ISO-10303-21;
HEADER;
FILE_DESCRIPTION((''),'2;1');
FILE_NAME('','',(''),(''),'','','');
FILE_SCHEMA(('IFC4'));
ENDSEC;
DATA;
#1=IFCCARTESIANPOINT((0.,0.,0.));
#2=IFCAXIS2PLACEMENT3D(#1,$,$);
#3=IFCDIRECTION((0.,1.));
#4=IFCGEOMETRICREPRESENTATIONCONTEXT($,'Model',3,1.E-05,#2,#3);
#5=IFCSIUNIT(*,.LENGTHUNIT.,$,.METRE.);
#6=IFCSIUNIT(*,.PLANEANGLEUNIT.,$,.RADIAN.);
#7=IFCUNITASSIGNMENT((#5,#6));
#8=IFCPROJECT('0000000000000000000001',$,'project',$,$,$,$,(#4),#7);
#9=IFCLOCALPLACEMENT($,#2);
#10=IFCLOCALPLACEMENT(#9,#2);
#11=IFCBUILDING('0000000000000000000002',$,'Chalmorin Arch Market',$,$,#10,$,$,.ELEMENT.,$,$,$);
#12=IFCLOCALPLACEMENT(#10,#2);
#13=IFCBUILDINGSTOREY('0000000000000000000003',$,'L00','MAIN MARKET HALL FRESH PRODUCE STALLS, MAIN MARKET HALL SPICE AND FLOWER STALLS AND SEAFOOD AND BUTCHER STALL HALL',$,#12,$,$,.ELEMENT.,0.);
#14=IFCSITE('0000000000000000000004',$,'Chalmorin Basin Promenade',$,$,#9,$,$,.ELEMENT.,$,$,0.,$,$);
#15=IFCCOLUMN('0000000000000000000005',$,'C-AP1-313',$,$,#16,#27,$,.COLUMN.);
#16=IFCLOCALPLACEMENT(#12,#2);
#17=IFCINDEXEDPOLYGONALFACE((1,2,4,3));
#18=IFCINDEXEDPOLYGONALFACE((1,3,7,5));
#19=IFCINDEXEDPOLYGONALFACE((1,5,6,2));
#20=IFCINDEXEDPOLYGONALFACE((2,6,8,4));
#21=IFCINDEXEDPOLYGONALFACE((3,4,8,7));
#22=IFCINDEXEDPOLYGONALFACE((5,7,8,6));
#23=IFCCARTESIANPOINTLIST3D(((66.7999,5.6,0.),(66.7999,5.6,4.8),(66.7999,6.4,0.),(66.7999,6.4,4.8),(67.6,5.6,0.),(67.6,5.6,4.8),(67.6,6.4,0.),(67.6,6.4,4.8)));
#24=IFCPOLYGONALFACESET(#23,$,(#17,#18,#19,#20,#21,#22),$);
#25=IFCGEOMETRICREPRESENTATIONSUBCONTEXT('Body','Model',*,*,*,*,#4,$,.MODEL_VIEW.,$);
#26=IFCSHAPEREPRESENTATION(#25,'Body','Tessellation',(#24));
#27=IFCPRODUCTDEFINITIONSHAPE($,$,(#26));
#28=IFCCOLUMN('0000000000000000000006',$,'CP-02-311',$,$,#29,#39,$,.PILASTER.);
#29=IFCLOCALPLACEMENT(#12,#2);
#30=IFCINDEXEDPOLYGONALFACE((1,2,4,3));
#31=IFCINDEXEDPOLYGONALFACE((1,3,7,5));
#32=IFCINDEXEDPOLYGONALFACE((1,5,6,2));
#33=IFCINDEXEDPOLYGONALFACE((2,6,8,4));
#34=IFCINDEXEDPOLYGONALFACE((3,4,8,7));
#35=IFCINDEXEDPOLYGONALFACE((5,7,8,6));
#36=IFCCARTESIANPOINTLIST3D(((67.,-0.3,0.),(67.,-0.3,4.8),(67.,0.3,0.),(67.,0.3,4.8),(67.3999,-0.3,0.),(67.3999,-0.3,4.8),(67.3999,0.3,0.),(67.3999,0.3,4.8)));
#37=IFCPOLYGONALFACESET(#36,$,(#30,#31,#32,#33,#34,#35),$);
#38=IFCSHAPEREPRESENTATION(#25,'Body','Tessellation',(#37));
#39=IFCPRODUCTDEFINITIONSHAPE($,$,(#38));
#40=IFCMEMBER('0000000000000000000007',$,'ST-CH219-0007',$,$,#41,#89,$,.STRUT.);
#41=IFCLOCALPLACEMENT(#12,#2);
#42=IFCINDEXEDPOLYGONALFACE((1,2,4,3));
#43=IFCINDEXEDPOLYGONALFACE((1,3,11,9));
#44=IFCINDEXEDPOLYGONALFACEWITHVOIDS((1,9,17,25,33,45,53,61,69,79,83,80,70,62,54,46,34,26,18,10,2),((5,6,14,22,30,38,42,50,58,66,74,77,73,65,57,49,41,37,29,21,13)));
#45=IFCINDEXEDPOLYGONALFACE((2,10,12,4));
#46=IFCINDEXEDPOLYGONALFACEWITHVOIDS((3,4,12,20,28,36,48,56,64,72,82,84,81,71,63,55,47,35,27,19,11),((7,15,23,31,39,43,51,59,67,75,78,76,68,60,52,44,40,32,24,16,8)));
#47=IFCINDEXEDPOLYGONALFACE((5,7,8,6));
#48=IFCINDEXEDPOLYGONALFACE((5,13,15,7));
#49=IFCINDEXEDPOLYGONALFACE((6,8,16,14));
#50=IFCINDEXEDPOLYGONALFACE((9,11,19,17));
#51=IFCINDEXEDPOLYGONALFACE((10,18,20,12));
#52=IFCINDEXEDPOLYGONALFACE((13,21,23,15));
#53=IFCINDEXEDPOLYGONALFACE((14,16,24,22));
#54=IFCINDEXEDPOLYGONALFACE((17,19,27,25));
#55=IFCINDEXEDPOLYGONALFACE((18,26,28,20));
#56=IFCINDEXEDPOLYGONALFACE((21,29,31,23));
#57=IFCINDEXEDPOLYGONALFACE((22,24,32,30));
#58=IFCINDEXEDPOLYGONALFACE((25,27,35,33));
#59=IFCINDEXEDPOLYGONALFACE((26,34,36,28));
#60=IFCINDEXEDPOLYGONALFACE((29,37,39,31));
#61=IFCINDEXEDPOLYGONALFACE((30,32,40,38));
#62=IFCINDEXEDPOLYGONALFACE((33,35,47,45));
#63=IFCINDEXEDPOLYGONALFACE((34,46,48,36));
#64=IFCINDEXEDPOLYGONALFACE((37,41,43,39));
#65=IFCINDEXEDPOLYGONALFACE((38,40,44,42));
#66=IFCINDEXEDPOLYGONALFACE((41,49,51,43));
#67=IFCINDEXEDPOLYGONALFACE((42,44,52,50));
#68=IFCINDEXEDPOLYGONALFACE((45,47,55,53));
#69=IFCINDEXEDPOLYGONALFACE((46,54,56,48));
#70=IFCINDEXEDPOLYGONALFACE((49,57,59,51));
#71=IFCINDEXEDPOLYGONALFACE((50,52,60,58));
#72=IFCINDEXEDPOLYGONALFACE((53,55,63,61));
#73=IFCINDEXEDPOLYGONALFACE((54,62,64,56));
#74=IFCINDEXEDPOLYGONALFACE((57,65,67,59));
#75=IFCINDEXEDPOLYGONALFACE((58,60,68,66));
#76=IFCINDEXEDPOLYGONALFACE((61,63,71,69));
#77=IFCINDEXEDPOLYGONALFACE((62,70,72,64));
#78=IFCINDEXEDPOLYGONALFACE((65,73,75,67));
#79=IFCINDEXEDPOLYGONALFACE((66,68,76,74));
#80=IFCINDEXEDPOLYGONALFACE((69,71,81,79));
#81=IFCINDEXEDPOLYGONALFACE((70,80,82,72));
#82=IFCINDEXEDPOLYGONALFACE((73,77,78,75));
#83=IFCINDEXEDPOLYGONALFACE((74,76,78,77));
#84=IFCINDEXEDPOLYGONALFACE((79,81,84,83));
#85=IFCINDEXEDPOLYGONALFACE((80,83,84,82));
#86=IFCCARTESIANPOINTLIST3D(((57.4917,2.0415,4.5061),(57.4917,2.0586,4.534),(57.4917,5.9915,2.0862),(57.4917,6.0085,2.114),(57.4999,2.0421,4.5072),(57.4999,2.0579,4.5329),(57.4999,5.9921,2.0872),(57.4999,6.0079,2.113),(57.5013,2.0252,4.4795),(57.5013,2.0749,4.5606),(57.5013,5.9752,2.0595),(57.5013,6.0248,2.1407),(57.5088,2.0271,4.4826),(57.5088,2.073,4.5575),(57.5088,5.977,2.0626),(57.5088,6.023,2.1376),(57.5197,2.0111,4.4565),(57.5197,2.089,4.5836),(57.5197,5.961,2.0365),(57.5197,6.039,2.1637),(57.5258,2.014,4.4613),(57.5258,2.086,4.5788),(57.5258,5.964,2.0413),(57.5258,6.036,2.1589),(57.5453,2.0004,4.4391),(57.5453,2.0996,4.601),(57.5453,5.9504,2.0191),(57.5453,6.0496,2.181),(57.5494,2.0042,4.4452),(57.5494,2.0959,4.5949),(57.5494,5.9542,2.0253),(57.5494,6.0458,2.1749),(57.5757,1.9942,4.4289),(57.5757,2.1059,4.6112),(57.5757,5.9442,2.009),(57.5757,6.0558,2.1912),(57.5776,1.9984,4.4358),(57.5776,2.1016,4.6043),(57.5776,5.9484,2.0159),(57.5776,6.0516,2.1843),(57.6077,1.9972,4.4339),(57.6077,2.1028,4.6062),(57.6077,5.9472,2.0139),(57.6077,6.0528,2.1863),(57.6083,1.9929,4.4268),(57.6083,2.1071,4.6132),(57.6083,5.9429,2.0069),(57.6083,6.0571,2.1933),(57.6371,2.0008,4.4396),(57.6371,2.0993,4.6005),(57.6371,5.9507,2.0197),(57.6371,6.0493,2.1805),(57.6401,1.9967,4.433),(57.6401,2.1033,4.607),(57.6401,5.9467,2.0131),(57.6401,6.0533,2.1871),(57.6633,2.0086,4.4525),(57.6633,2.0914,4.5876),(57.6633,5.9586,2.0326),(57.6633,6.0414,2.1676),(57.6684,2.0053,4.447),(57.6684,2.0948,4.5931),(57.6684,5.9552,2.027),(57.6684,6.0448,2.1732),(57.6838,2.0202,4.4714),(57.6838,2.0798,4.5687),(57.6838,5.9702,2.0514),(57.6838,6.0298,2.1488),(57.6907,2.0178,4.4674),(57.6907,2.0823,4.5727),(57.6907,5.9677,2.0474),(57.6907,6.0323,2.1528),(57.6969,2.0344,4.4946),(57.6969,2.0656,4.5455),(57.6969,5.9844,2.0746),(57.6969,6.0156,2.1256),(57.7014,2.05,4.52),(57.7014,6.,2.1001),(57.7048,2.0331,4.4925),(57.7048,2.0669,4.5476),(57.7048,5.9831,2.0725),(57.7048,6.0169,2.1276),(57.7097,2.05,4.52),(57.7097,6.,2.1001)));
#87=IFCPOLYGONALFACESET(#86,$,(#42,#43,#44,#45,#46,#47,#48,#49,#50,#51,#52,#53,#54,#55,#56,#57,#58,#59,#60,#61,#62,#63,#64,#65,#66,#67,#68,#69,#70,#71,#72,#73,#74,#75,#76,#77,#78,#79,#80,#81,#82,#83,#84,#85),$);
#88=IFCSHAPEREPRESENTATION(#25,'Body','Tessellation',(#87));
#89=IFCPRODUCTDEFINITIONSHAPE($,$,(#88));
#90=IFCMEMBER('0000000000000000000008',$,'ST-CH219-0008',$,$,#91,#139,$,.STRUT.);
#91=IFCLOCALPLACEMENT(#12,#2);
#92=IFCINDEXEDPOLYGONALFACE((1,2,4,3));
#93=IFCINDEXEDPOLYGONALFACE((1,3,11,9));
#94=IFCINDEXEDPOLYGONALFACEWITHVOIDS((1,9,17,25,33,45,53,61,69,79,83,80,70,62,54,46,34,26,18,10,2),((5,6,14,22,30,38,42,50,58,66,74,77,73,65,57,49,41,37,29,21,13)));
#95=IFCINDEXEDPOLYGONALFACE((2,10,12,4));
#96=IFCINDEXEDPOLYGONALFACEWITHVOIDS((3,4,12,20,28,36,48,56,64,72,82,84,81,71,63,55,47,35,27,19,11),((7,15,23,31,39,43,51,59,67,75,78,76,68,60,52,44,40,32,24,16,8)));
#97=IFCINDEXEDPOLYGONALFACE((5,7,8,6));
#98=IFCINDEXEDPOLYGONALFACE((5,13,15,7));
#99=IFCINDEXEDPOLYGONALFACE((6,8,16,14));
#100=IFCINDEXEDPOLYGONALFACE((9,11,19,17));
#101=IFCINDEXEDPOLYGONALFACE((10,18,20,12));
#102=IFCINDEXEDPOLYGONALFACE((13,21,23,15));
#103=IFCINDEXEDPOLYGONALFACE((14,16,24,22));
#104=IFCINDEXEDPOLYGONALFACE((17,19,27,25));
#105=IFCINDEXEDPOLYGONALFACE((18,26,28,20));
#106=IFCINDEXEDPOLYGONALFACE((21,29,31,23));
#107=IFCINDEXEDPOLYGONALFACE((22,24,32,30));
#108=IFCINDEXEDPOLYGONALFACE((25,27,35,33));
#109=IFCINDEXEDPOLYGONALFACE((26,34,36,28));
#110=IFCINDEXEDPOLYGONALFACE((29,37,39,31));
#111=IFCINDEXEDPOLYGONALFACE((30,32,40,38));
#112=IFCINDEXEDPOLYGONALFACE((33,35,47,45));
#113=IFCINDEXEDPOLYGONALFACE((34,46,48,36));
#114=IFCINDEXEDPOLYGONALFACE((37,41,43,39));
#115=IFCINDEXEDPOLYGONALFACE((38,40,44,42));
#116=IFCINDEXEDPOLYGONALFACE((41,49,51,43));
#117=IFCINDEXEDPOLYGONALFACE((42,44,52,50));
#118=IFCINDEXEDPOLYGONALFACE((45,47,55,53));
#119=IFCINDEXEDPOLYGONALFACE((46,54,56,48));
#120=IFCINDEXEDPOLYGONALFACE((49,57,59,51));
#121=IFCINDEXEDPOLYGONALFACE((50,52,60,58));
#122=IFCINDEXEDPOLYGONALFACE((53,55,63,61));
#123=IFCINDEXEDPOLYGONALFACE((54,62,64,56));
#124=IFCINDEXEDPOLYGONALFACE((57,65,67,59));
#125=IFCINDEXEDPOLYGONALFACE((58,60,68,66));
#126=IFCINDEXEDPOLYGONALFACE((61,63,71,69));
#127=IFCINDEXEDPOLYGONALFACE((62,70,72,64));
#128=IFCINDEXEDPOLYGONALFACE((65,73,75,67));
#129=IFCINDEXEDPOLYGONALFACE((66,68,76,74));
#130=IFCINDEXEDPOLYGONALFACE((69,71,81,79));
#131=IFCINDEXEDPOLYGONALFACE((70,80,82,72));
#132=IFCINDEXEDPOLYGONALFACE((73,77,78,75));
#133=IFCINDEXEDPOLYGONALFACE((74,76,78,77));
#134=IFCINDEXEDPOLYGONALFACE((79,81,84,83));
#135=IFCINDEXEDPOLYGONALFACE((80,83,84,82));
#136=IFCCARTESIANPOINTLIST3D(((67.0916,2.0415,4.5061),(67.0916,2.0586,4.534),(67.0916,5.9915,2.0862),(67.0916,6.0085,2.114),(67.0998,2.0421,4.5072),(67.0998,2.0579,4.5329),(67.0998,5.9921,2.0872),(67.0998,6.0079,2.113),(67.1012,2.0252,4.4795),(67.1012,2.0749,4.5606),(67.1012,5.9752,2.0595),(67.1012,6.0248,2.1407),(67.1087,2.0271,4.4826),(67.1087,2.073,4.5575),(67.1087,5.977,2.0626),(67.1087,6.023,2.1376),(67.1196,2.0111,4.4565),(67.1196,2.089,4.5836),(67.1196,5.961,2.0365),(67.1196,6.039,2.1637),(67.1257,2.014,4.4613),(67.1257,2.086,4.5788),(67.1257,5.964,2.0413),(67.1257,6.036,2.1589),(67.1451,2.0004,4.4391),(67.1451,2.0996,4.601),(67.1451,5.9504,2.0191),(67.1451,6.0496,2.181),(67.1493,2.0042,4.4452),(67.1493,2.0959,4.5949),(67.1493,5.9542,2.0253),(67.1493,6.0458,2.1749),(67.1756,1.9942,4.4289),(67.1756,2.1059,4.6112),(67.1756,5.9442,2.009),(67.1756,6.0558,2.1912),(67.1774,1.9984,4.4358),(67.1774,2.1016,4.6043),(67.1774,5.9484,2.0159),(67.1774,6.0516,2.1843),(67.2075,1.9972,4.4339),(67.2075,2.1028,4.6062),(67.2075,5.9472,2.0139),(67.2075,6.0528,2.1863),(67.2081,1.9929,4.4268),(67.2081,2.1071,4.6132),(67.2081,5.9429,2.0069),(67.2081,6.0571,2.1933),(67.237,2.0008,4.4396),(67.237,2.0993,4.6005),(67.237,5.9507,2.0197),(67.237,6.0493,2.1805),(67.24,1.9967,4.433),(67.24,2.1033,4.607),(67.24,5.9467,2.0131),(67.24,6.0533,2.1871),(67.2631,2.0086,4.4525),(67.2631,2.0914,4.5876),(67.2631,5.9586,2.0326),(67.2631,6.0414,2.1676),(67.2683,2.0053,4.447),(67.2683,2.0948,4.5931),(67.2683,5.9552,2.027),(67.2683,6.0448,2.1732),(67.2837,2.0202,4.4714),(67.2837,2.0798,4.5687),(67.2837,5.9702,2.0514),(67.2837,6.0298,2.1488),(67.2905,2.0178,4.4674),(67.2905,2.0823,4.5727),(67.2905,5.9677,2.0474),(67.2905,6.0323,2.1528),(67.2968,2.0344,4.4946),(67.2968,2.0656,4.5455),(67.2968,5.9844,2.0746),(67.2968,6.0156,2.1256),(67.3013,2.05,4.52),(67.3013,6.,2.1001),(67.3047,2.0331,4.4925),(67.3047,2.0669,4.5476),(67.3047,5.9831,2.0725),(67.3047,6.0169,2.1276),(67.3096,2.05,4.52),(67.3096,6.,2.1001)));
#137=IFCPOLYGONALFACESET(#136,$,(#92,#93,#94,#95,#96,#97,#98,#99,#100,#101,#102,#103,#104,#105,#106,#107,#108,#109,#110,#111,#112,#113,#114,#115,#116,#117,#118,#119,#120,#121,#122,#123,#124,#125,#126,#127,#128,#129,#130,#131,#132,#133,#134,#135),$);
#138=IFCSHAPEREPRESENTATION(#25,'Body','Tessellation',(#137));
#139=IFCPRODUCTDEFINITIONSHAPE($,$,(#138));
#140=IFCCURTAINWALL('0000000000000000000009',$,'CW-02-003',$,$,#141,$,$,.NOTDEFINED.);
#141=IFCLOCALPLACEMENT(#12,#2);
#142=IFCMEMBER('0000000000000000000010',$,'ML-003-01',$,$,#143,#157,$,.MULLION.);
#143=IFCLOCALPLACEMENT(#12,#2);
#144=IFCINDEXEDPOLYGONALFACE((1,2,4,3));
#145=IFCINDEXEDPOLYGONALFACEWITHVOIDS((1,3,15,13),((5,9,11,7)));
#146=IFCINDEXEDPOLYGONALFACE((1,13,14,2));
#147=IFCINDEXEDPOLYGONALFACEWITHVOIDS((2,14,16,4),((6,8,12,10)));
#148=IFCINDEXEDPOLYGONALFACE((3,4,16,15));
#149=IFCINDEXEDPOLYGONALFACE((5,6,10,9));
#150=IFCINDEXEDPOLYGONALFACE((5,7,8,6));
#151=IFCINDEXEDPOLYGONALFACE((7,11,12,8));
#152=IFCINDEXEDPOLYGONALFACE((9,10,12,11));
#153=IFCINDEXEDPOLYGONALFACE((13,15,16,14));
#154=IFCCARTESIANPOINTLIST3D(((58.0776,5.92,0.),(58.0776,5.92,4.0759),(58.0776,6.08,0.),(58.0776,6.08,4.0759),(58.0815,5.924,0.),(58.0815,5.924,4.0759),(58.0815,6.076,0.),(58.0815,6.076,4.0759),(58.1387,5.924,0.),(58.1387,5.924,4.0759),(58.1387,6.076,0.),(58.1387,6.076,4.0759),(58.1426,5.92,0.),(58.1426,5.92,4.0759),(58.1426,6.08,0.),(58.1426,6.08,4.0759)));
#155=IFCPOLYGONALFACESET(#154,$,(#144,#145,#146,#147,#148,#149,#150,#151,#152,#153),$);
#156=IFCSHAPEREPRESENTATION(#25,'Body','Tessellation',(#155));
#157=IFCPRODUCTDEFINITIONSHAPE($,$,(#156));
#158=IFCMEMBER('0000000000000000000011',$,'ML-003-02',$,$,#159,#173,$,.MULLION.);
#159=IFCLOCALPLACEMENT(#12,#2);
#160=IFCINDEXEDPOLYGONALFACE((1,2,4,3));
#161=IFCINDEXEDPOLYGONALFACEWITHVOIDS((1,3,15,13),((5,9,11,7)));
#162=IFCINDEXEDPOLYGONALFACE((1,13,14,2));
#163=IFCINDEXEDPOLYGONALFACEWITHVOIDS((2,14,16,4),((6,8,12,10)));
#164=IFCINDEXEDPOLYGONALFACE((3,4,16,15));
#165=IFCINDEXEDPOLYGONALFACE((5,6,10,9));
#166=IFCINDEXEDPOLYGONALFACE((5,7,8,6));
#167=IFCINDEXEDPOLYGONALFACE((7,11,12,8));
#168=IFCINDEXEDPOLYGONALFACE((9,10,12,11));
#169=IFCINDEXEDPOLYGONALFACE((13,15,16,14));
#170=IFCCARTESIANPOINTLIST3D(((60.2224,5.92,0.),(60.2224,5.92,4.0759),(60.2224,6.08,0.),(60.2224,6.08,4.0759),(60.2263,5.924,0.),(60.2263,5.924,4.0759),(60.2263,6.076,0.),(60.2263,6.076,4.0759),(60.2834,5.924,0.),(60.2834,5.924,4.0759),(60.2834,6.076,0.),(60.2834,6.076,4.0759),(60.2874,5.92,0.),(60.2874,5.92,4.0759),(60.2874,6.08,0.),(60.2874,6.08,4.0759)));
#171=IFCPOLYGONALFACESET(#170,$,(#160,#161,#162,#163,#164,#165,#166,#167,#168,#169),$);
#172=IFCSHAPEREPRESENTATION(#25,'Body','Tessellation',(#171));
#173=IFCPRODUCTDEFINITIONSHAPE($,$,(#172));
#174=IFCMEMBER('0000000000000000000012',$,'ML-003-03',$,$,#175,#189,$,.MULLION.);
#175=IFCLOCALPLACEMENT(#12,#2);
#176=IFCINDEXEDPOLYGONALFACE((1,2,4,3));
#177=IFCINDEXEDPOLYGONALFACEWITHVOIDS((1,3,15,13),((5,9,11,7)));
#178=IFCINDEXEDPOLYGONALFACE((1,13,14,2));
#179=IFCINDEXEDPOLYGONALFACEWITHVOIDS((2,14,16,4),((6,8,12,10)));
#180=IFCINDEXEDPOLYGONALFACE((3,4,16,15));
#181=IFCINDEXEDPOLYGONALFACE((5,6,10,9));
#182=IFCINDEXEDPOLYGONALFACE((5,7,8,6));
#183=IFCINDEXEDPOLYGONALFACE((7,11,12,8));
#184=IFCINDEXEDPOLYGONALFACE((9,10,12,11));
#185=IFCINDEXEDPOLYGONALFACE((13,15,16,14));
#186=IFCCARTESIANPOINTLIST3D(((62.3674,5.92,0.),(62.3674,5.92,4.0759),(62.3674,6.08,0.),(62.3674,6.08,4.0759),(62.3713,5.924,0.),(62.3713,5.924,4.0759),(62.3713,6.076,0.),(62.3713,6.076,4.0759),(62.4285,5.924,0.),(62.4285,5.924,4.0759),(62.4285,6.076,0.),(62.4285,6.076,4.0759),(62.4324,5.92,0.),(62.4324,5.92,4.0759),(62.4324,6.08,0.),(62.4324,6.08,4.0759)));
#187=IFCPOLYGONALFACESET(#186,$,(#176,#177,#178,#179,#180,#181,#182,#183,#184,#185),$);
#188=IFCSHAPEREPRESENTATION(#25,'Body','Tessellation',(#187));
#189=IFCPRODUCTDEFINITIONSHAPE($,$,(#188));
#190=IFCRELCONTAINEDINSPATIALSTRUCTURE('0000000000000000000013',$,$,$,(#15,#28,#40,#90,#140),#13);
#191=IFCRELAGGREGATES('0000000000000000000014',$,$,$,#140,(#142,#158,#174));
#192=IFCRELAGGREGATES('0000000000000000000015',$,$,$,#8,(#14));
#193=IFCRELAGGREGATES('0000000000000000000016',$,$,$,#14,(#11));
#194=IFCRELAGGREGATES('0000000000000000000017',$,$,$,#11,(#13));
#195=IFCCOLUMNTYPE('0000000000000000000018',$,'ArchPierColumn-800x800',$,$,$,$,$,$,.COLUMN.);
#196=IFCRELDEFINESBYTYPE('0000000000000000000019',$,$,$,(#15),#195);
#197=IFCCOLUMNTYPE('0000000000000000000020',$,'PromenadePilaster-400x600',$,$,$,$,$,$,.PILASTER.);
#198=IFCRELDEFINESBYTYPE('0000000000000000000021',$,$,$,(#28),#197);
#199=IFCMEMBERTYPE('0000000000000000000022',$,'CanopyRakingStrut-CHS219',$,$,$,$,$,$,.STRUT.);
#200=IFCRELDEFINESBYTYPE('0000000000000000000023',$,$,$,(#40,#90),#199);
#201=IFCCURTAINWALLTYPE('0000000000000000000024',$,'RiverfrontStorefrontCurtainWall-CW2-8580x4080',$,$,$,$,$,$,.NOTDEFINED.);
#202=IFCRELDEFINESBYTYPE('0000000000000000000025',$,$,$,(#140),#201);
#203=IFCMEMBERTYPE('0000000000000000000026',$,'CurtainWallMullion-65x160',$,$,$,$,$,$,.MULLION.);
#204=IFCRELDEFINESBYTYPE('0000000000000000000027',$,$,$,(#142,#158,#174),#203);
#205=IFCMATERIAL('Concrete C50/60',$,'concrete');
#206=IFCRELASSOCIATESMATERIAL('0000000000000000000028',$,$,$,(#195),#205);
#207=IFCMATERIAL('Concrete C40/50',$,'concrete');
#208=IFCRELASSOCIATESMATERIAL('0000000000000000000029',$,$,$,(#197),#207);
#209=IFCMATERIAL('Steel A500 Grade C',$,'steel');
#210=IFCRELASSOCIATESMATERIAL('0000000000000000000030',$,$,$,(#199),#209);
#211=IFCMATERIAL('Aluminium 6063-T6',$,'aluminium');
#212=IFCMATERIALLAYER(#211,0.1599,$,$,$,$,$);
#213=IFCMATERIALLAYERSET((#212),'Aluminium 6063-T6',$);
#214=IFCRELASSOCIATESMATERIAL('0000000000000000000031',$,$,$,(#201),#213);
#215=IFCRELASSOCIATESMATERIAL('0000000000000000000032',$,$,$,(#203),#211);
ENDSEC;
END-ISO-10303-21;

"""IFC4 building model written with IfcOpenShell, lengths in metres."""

from ifc_helpers import new_model, si_unit, direction, frame, origin, origin_2d, place, context, subcontext, project, spatial, rectangle, hollow_rectangle, hollow_circle, extrude, material, layer, layer_set, material_profile, profile_set, type_object, element, aggregate, save


model = new_model("IFC4")

# Units and contexts
model_context = context("Model", 3, precision=1e-05, world=origin(), true_north=direction((0.0, 1.0)))
body_context = subcontext(model_context, "Body", "Model", "MODEL_VIEW")
ifc_project = project(units=[si_unit("LENGTHUNIT", "METRE"), si_unit("PLANEANGLEUNIT", "RADIAN")], contexts=[model_context])

# Site, building, storey
site_placement = place(None, origin())
site = spatial("IfcSite", under=ifc_project, at=site_placement, Name="Chalmorin Basin Promenade", CompositionType="ELEMENT", RefElevation=0.0)
building_placement = place(site_placement, origin())
building = spatial("IfcBuilding", under=site, at=building_placement, Name="Chalmorin Arch Market", CompositionType="ELEMENT")
storey_placement = place(building_placement, origin())
storey = spatial("IfcBuildingStorey", under=building, at=storey_placement, Name="L00", Description="MAIN MARKET HALL FRESH PRODUCE STALLS, MAIN MARKET HALL SPICE AND FLOWER STALLS AND SEAFOOD AND BUTCHER STALL HALL", CompositionType="ELEMENT", Elevation=0.0)

# Columns
ifc_material_1 = material(Name="Concrete C50/60", Category="concrete")
ifc_material_profile_1 = material_profile(ifc_material_1, rectangle(XDim=0.8, YDim=0.8, at=origin_2d()), Name="RC800X800")
ifc_profile_set_1 = profile_set([ifc_material_profile_1], Name="Concrete C50/60")
column_type_1 = type_object("IfcColumnType", Name="ArchPierColumn-800x800", PredefinedType="COLUMN", material=ifc_profile_set_1)
column_1_placement = place(storey_placement, frame((67.2, 6.0, 0.0), z_axis=(0.0, 0.0, 1.0), x_axis=(1.0, 0.0, 0.0)))
element("IfcColumn", 1, at=column_1_placement, inside=storey, type_object=column_type_1, Name="C-AP1-313", PredefinedType="COLUMN", context=body_context, shape_type="SweptSolid", body=[
    extrude(rectangle(XDim=0.8, YDim=0.8, at=origin_2d()), origin(), (0.0, 0.0, 1.0), 4.8),
])
ifc_material_2 = material(Name="Concrete C40/50", Category="concrete")
ifc_material_profile_2 = material_profile(ifc_material_2, rectangle(XDim=0.3999, YDim=0.6001, at=origin_2d()), Name="RC400X600")
ifc_profile_set_2 = profile_set([ifc_material_profile_2], Name="Concrete C40/50")
column_type_2 = type_object("IfcColumnType", Name="PromenadePilaster-400x600", PredefinedType="PILASTER", material=ifc_profile_set_2)
column_2_placement = place(storey_placement, frame((67.2, 0.0, 0.0), z_axis=(0.0, 0.0, 1.0), x_axis=(1.0, 0.0, 0.0)))
element("IfcColumn", 2, at=column_2_placement, inside=storey, type_object=column_type_2, Name="CP-02-311", PredefinedType="PILASTER", context=body_context, shape_type="SweptSolid", body=[
    extrude(rectangle(XDim=0.3999, YDim=0.6001, at=origin_2d()), origin(), (0.0, 0.0, 1.0), 4.8),
])

# Members
ifc_material_3 = material(Name="Steel A500 Grade C", Category="steel")
ifc_material_profile_3 = material_profile(ifc_material_3, hollow_circle(Radius=0.1096, WallThickness=0.0083, at=origin_2d()), Name="CHS219X8")
ifc_profile_set_3 = profile_set([ifc_material_profile_3], Name="Steel A500 Grade C")
member_type_1 = type_object("IfcMemberType", Name="CanopyRakingStrut-CHS219", PredefinedType="STRUT", material=ifc_profile_set_3)
for number, where, z_axis, x_axis, name in (
    (3, (57.6001, 6.0, 2.1001), (0.0, -0.852699, 0.522403), (1.0, 0.0, 0.0), "ST-CH219-0007"),
    (4, (67.2, 6.0, 2.1001), (0.0, -0.852699, 0.522403), (1.0, 0.0, 0.0), "ST-CH219-0008"),
):
    element("IfcMember", number, at=place(storey_placement, frame(where, z_axis=z_axis, x_axis=x_axis)), inside=storey, type_object=member_type_1, Name=name, PredefinedType="STRUT", context=body_context, shape_type="SweptSolid", body=[
        extrude(hollow_circle(Radius=0.1096, WallThickness=0.0083, at=origin_2d()), origin(), (0.0, 0.0, 1.0), 4.6323),
    ])

# Curtain wall, members
ifc_material_4 = material(Name="Aluminium 6063-T6", Category="aluminium")
ifc_layer_1 = layer(ifc_material_4, 0.1599)
ifc_layer_set_1 = layer_set([ifc_layer_1], Name="Aluminium 6063-T6")
curtain_wall_type = type_object("IfcCurtainWallType", Name="RiverfrontStorefrontCurtainWall-CW2-8580x4080", PredefinedType="NOTDEFINED", material=ifc_layer_set_1)
curtain_wall_placement = place(storey_placement, origin())
curtain_wall = element("IfcCurtainWall", 5, at=curtain_wall_placement, inside=storey, type_object=curtain_wall_type, Name="CW-02-003", PredefinedType="NOTDEFINED")
ifc_material_profile_4 = material_profile(ifc_material_4, hollow_rectangle(XDim=0.0649, YDim=0.1599, WallThickness=0.0039, at=origin_2d()), Name="ALU65X160X4")
ifc_profile_set_4 = profile_set([ifc_material_profile_4], Name="Aluminium 6063-T6")
member_type_2 = type_object("IfcMemberType", Name="CurtainWallMullion-65x160", PredefinedType="MULLION", material=ifc_profile_set_4)
member_1_placement = place(storey_placement, frame((58.1101, 6.0, 0.0), z_axis=(0.0, 0.0, 1.0), x_axis=(1.0, 0.0, 0.0)))
member_1 = element("IfcMember", 6, at=member_1_placement, type_object=member_type_2, Name="ML-003-01", PredefinedType="MULLION", context=body_context, shape_type="SweptSolid", body=[
    extrude(hollow_rectangle(XDim=0.0649, YDim=0.1599, WallThickness=0.0039, at=origin_2d()), origin(), (0.0, 0.0, 1.0), 4.0759),
])
member_2_placement = place(storey_placement, frame((60.2549, 6.0, 0.0), z_axis=(0.0, 0.0, 1.0), x_axis=(1.0, 0.0, 0.0)))
member_2 = element("IfcMember", 7, at=member_2_placement, type_object=member_type_2, Name="ML-003-02", PredefinedType="MULLION", context=body_context, shape_type="SweptSolid", body=[
    extrude(hollow_rectangle(XDim=0.0649, YDim=0.1599, WallThickness=0.0039, at=origin_2d()), origin(), (0.0, 0.0, 1.0), 4.0759),
])
member_3_placement = place(storey_placement, frame((62.3999, 6.0, 0.0), z_axis=(0.0, 0.0, 1.0), x_axis=(1.0, 0.0, 0.0)))
member_3 = element("IfcMember", 8, at=member_3_placement, type_object=member_type_2, Name="ML-003-03", PredefinedType="MULLION", context=body_context, shape_type="SweptSolid", body=[
    extrude(hollow_rectangle(XDim=0.0649, YDim=0.1599, WallThickness=0.0039, at=origin_2d()), origin(), (0.0, 0.0, 1.0), 4.0759),
])

aggregate(curtain_wall, [member_1, member_2, member_3])

save(model, "model.ifc")
